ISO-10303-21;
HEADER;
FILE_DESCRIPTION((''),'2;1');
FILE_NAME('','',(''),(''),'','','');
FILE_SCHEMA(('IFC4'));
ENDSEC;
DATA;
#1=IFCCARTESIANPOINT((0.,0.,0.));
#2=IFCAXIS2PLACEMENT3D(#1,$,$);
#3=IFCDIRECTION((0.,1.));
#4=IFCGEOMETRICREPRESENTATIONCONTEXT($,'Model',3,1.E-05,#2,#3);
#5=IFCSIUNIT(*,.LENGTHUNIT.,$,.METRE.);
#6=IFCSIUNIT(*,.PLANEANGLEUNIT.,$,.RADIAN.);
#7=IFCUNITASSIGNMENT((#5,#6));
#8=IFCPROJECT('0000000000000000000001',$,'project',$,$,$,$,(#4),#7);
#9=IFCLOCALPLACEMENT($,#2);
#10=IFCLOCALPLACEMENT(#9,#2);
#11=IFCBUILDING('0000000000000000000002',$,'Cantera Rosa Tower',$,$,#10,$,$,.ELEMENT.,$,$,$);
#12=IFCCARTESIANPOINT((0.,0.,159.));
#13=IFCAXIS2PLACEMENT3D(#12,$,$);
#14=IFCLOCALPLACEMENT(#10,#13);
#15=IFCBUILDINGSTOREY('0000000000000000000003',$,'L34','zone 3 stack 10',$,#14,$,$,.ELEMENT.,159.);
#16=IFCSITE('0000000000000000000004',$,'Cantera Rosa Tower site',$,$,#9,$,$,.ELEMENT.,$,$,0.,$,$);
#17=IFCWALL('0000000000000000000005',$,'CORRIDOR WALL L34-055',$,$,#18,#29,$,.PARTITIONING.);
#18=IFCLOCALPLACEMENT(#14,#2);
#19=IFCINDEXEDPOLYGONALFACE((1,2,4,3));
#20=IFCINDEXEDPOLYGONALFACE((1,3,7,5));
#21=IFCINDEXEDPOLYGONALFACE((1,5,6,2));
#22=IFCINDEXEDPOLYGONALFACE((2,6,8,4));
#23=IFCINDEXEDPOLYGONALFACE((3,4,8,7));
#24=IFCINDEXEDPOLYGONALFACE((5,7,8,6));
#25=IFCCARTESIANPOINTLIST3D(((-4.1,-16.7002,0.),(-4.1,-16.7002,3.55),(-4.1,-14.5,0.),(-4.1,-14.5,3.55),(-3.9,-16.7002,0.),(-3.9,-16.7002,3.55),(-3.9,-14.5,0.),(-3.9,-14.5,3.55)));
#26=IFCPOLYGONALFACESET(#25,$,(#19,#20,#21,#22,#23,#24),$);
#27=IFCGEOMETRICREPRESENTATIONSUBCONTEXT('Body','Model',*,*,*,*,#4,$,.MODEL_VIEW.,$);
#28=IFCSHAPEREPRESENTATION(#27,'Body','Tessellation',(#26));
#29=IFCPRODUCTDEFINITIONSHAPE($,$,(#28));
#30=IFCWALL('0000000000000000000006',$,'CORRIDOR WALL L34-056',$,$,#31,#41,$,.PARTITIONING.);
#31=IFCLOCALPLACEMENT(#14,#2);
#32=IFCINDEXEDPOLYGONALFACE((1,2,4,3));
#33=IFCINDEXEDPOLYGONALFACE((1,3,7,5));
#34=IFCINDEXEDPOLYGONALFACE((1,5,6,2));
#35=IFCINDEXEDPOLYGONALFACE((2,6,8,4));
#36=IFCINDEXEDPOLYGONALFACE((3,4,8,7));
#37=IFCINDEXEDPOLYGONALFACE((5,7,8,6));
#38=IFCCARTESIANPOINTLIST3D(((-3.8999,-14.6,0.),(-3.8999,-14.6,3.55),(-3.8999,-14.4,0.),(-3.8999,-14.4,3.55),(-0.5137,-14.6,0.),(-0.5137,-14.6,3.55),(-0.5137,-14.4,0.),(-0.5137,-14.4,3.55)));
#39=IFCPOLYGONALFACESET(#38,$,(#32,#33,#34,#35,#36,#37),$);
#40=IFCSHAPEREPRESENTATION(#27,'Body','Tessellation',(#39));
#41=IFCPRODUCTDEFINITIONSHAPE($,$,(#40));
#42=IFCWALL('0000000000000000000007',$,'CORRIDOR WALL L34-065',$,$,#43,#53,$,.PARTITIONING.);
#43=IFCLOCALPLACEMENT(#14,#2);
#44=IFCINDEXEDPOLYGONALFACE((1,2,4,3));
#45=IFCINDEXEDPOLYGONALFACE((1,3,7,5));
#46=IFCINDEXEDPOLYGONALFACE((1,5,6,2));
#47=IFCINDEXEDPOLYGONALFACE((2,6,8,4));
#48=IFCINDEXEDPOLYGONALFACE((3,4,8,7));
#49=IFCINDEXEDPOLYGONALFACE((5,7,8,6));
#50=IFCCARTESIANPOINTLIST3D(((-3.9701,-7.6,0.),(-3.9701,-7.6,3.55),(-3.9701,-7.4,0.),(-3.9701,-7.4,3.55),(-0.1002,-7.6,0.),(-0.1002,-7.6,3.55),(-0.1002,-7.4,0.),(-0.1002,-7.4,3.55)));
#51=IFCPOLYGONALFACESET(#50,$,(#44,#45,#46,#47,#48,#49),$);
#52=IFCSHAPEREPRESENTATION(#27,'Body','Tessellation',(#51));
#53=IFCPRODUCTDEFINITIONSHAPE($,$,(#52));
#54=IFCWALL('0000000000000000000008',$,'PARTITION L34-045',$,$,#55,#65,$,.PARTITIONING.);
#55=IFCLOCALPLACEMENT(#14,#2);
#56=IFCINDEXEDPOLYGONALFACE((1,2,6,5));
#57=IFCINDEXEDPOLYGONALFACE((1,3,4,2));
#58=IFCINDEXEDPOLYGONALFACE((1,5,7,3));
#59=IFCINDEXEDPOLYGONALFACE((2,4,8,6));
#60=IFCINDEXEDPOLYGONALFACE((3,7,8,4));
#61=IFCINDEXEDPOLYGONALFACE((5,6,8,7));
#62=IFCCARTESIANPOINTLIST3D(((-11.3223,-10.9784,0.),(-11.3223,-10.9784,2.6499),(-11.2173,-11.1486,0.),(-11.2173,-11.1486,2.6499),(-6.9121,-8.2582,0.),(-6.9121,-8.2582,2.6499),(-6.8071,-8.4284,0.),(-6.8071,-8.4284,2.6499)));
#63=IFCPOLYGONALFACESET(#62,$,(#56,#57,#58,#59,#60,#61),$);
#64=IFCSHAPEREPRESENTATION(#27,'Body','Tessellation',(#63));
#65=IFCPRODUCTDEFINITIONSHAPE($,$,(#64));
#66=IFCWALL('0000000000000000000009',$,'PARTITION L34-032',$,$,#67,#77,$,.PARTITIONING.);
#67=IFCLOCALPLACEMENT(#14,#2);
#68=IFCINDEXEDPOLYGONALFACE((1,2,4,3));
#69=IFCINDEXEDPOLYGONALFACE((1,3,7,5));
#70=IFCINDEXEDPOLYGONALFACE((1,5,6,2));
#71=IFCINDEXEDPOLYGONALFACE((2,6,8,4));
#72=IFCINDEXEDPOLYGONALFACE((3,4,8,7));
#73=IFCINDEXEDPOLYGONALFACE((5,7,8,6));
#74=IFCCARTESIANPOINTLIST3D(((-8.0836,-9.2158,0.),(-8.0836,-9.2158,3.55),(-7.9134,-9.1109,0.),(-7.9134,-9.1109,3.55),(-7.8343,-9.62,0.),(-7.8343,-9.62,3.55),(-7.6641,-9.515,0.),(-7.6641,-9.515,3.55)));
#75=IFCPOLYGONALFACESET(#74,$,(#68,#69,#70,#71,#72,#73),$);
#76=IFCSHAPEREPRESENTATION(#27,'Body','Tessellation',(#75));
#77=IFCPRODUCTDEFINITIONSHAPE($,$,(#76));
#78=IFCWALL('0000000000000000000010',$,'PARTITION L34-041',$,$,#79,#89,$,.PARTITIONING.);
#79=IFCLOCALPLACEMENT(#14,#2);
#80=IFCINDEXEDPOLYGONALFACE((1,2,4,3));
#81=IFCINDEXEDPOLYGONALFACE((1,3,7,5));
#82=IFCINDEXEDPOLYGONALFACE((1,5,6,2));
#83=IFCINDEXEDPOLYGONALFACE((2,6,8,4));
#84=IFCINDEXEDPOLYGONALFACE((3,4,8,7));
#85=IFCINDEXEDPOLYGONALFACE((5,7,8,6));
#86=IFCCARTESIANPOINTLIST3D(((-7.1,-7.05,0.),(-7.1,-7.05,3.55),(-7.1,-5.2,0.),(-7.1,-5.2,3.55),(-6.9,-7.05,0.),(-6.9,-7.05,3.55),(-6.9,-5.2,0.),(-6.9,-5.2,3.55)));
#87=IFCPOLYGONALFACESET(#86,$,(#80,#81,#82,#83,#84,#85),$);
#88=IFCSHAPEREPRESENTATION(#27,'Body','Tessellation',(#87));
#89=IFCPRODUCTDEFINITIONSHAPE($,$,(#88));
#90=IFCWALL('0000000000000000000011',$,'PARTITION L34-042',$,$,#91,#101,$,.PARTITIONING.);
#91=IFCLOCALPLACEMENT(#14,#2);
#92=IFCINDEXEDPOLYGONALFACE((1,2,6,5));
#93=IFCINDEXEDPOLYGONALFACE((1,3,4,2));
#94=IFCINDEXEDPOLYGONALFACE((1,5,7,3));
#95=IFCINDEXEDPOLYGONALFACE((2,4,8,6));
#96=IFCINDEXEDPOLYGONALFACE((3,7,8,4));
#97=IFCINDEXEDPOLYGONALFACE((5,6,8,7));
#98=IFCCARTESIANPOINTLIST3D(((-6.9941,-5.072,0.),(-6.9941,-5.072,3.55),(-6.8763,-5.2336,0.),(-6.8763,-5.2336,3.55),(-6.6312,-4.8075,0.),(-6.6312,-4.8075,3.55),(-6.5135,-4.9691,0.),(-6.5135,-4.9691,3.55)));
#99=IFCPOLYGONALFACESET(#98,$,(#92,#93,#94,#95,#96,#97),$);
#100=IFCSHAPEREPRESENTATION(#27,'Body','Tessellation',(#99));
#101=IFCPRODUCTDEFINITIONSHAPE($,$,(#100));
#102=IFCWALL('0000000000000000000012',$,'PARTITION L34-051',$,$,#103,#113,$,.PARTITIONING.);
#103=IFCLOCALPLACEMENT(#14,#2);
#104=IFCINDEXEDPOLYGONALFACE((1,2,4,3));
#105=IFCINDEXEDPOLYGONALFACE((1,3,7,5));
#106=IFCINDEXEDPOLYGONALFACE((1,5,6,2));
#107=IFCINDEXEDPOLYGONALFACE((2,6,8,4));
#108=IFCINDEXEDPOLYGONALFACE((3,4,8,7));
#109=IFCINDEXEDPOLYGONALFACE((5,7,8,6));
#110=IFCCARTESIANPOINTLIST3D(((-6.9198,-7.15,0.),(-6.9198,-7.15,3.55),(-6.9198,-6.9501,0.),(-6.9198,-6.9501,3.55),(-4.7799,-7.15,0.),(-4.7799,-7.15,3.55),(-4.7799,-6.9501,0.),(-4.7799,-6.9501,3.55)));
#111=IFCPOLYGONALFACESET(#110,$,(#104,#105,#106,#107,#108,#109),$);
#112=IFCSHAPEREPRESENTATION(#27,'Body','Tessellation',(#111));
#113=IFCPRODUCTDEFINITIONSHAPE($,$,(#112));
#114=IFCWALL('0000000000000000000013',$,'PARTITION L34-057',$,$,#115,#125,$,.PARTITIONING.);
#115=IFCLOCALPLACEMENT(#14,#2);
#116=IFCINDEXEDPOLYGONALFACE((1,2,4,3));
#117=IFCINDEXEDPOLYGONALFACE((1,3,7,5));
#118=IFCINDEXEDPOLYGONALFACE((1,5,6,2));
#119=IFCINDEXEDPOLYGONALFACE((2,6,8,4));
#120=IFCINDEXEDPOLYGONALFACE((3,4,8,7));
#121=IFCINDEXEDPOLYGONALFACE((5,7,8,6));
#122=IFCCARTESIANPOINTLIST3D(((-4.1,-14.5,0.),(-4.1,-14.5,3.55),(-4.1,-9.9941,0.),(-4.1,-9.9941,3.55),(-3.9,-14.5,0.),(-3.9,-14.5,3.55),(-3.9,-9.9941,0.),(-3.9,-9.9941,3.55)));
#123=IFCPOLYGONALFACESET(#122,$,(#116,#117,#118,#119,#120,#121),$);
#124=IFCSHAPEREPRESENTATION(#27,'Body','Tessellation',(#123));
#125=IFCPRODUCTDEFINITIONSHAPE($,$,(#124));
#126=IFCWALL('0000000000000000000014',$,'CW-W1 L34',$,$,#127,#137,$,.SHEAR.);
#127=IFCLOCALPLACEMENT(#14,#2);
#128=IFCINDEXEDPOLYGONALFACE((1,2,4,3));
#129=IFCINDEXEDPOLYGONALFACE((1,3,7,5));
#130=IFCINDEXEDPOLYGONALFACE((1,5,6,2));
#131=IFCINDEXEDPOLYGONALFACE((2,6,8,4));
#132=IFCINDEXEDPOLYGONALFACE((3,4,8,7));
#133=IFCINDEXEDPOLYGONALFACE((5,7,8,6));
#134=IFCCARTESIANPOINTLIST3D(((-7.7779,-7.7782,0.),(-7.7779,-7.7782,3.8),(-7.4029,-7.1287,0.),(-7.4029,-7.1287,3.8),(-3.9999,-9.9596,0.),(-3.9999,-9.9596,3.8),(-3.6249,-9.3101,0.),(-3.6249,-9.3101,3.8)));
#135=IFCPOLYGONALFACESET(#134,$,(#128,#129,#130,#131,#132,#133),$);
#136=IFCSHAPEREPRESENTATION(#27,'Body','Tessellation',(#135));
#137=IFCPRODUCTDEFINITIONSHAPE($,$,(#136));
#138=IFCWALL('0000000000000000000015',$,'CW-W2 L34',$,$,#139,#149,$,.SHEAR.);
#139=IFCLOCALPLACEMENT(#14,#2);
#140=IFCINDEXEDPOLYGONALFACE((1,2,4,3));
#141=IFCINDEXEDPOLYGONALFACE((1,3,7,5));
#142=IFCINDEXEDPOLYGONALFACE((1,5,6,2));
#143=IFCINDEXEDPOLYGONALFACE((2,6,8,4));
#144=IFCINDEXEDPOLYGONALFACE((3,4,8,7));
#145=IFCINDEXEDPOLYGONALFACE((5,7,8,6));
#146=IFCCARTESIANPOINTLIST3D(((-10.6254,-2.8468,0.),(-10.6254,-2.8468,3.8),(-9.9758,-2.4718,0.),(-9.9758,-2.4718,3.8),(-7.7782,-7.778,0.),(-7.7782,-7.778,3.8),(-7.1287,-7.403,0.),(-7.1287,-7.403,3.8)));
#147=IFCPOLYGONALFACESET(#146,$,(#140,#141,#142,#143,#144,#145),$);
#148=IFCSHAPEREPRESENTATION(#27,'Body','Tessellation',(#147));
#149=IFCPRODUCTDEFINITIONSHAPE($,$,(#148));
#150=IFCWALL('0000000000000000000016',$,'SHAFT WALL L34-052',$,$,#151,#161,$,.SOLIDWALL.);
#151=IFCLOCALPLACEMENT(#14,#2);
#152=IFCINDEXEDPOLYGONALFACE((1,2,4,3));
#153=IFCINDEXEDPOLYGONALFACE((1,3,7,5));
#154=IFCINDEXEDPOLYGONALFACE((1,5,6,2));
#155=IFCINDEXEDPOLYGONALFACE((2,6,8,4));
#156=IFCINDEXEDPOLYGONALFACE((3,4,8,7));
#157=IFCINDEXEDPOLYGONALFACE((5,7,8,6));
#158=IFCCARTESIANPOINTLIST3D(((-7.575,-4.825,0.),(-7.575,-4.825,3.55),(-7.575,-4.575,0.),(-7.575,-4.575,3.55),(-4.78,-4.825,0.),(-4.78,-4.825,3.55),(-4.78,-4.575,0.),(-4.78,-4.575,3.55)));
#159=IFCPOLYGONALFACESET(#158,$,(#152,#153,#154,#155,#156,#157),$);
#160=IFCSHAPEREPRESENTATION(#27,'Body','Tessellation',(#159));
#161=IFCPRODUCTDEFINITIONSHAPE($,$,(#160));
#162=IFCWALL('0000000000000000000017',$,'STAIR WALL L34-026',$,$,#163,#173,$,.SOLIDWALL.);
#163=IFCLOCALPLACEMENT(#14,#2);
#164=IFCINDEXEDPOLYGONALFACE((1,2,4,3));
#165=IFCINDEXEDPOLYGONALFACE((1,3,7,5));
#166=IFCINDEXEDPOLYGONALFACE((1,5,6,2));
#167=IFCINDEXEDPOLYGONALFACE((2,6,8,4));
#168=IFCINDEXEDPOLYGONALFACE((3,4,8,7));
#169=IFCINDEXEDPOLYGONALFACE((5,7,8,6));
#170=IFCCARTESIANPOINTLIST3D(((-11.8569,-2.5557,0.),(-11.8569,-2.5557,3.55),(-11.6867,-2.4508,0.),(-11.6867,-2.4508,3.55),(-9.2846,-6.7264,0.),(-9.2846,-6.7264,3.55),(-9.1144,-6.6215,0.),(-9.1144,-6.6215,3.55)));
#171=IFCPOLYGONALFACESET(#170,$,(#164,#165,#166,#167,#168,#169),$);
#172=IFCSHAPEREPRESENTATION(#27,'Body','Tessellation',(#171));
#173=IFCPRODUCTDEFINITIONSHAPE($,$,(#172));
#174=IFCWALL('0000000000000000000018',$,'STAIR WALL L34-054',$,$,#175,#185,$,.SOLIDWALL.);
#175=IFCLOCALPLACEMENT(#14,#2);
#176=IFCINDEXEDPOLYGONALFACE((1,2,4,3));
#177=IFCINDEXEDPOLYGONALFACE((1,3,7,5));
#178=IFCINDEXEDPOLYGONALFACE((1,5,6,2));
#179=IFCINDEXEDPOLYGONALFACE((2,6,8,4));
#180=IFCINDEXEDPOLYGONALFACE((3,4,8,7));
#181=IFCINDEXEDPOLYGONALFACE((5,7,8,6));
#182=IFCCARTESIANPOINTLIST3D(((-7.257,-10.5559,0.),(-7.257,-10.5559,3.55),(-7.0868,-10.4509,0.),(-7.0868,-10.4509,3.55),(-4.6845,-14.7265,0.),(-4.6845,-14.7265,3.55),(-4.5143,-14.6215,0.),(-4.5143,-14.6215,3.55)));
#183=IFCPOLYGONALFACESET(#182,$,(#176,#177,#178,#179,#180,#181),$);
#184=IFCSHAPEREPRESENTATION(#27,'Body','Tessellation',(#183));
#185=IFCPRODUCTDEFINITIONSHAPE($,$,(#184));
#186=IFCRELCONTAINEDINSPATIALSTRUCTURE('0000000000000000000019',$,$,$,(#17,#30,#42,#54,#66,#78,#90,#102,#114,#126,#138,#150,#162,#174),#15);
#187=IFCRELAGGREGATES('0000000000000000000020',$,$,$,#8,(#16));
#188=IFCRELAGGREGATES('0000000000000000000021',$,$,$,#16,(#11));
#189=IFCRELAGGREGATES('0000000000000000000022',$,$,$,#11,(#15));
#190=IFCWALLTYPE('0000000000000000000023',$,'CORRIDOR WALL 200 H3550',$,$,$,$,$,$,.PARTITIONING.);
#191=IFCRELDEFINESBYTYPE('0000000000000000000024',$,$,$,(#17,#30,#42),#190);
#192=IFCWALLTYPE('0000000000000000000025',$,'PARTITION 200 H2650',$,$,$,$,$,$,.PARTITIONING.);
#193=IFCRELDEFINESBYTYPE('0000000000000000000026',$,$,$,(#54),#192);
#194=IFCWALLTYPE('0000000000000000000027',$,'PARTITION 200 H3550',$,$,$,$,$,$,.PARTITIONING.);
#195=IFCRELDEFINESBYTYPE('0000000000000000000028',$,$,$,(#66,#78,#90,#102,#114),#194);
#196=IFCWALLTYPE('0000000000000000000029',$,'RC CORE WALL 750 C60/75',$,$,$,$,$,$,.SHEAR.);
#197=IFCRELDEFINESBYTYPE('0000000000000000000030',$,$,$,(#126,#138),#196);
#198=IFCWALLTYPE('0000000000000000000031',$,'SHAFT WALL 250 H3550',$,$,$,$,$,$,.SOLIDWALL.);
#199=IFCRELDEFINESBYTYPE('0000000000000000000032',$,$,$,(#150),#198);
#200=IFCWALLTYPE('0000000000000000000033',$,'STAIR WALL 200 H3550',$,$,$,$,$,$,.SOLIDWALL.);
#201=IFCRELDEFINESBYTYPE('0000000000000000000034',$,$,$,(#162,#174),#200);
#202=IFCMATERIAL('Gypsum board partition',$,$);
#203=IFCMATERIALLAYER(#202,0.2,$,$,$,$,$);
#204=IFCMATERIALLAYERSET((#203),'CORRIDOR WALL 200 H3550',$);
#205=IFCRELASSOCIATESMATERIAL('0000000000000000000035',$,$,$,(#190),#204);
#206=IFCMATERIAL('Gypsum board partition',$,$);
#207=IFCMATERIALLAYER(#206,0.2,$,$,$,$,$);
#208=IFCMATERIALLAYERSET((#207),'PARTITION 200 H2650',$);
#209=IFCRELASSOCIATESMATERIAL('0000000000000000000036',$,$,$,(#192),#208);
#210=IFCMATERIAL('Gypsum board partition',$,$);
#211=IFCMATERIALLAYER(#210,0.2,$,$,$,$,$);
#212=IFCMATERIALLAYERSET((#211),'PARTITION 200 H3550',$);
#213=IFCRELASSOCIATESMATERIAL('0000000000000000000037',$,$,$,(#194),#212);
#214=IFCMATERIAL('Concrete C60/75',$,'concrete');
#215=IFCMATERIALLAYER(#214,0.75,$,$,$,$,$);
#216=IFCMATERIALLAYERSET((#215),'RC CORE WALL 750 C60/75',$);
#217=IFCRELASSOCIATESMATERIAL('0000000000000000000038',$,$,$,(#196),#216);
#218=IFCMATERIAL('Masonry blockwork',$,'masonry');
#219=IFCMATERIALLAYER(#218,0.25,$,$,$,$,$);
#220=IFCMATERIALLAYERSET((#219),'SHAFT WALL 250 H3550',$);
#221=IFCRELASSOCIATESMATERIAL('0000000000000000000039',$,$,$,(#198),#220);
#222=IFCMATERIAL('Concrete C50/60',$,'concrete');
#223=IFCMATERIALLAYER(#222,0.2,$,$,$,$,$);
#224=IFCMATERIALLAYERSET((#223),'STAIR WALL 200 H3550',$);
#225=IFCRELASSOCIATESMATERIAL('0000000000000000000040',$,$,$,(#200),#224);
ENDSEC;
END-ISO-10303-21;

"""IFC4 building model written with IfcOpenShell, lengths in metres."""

from ifc_helpers import new_model, si_unit, direction, frame, frame_2d, origin, place, context, subcontext, project, spatial, rectangle, extrude, material, layer, layer_set, type_object, element, save


model = new_model("IFC4")

# Units and contexts
model_context = context("Model", 3, precision=1e-05, world=origin(), true_north=direction((0.0, 1.0)))
body_context = subcontext(model_context, "Body", "Model", "MODEL_VIEW")
ifc_project = project(units=[si_unit("LENGTHUNIT", "METRE"), si_unit("PLANEANGLEUNIT", "RADIAN")], contexts=[model_context])

# Site, building, storey
site_placement = place(None, origin())
site = spatial("IfcSite", under=ifc_project, at=site_placement, Name="Cantera Rosa Tower site", CompositionType="ELEMENT", RefElevation=0.0)
building_placement = place(site_placement, origin())
building = spatial("IfcBuilding", under=site, at=building_placement, Name="Cantera Rosa Tower", CompositionType="ELEMENT")
storey_placement = place(building_placement, frame((0.0, 0.0, 159.0)))
storey = spatial("IfcBuildingStorey", under=building, at=storey_placement, Name="L34", Description="zone 3 stack 10", CompositionType="ELEMENT", Elevation=159.0)

# Walls
ifc_material_1 = material(Name="Gypsum board partition")
ifc_layer_1 = layer(ifc_material_1, 0.2)
ifc_layer_set_1 = layer_set([ifc_layer_1], Name="CORRIDOR WALL 200 H3550")
wall_type_1 = type_object("IfcWallType", Name="CORRIDOR WALL 200 H3550", PredefinedType="PARTITIONING", material=ifc_layer_set_1)
wall_1_placement = place(storey_placement, frame((-4.0, -14.5, 0.0), z_axis=(0.0, 0.0, 1.0), x_axis=(0.0, -1.0, 0.0)))
element("IfcWall", 1, at=wall_1_placement, inside=storey, type_object=wall_type_1, Name="CORRIDOR WALL L34-055", PredefinedType="PARTITIONING", context=body_context, shape_type="SweptSolid", body=[
    extrude(rectangle(XDim=2.2002, YDim=0.2, at=frame_2d((1.1001, 0.0))), origin(), (0.0, 0.0, 1.0), 3.55),
])
wall_2_placement = place(storey_placement, frame((-3.8999, -14.5, 0.0), z_axis=(0.0, 0.0, 1.0), x_axis=(1.0, 0.0, 0.0)))
element("IfcWall", 2, at=wall_2_placement, inside=storey, type_object=wall_type_1, Name="CORRIDOR WALL L34-056", PredefinedType="PARTITIONING", context=body_context, shape_type="SweptSolid", body=[
    extrude(rectangle(XDim=3.3862, YDim=0.2, at=frame_2d((1.6931, 0.0))), origin(), (0.0, 0.0, 1.0), 3.55),
])
wall_3_placement = place(storey_placement, frame((-0.1001, -7.5, 0.0), z_axis=(0.0, 0.0, 1.0), x_axis=(-1.0, 0.0, 0.0)))
element("IfcWall", 3, at=wall_3_placement, inside=storey, type_object=wall_type_1, Name="CORRIDOR WALL L34-065", PredefinedType="PARTITIONING", context=body_context, shape_type="SweptSolid", body=[
    extrude(rectangle(XDim=3.8699, YDim=0.2, at=frame_2d((1.9351, 0.0))), origin(), (0.0, 0.0, 1.0), 3.55),
])
ifc_material_2 = material(Name="Gypsum board partition")
ifc_layer_2 = layer(ifc_material_2, 0.2)
ifc_layer_set_2 = layer_set([ifc_layer_2], Name="PARTITION 200 H2650")
wall_type_2 = type_object("IfcWallType", Name="PARTITION 200 H2650", PredefinedType="PARTITIONING", material=ifc_layer_set_2)
wall_4_placement = place(storey_placement, frame((-6.8596, -8.3433, 0.0), z_axis=(0.0, 0.0, 1.0), x_axis=(-0.851118, -0.524975, 0.0)))
element("IfcWall", 4, at=wall_4_placement, inside=storey, type_object=wall_type_2, Name="PARTITION L34-045", PredefinedType="PARTITIONING", context=body_context, shape_type="SweptSolid", body=[
    extrude(rectangle(XDim=5.1816, YDim=0.2, at=frame_2d((2.5908, 0.0))), origin(), (0.0, 0.0, 1.0), 2.6499),
])
ifc_material_3 = material(Name="Gypsum board partition")
ifc_layer_3 = layer(ifc_material_3, 0.2)
ifc_layer_set_3 = layer_set([ifc_layer_3], Name="PARTITION 200 H3550")
wall_type_3 = type_object("IfcWallType", Name="PARTITION 200 H3550", PredefinedType="PARTITIONING", material=ifc_layer_set_3)
wall_5_placement = place(storey_placement, frame((-7.7493, -9.5674, 0.0), z_axis=(0.0, 0.0, 1.0), x_axis=(-0.525044, 0.851075, 0.0)))
element("IfcWall", 5, at=wall_5_placement, inside=storey, type_object=wall_type_3, Name="PARTITION L34-032", PredefinedType="PARTITIONING", context=body_context, shape_type="SweptSolid", body=[
    extrude(rectangle(XDim=0.4749, YDim=0.2, at=frame_2d((0.2373, 0.0))), origin(), (0.0, 0.0, 1.0), 3.55),
])
wall_6_placement = place(storey_placement, frame((-7.0, -7.05, 0.0), z_axis=(0.0, 0.0, 1.0), x_axis=(0.0, 1.0, 0.0)))
element("IfcWall", 6, at=wall_6_placement, inside=storey, type_object=wall_type_3, Name="PARTITION L34-041", PredefinedType="PARTITIONING", context=body_context, shape_type="SweptSolid", body=[
    extrude(rectangle(XDim=1.8501, YDim=0.2, at=frame_2d((0.925, 0.0))), origin(), (0.0, 0.0, 1.0), 3.55),
])
wall_7_placement = place(storey_placement, frame((-6.9353, -5.1528, 0.0), z_axis=(0.0, 0.0, 1.0), x_axis=(0.808148, 0.58898, 0.0)))
element("IfcWall", 7, at=wall_7_placement, inside=storey, type_object=wall_type_3, Name="PARTITION L34-042", PredefinedType="PARTITIONING", context=body_context, shape_type="SweptSolid", body=[
    extrude(rectangle(XDim=0.449, YDim=0.2, at=frame_2d((0.2246, 0.0))), origin(), (0.0, 0.0, 1.0), 3.55),
])
wall_8_placement = place(storey_placement, frame((-4.78, -7.05, 0.0), z_axis=(0.0, 0.0, 1.0), x_axis=(-1.0, 0.0, 0.0)))
element("IfcWall", 8, at=wall_8_placement, inside=storey, type_object=wall_type_3, Name="PARTITION L34-051", PredefinedType="PARTITIONING", context=body_context, shape_type="SweptSolid", body=[
    extrude(rectangle(XDim=2.1399, YDim=0.2, at=frame_2d((1.0698, 0.0))), origin(), (0.0, 0.0, 1.0), 3.55),
])
wall_9_placement = place(storey_placement, frame((-4.0, -9.9941, 0.0), z_axis=(0.0, 0.0, 1.0), x_axis=(0.0, -1.0, 0.0)))
element("IfcWall", 9, at=wall_9_placement, inside=storey, type_object=wall_type_3, Name="PARTITION L34-057", PredefinedType="PARTITIONING", context=body_context, shape_type="SweptSolid", body=[
    extrude(rectangle(XDim=4.5059, YDim=0.2, at=frame_2d((2.2529, 0.0))), origin(), (0.0, 0.0, 1.0), 3.55),
])
ifc_material_4 = material(Name="Concrete C60/75", Category="concrete")
ifc_layer_4 = layer(ifc_material_4, 0.75)
ifc_layer_set_4 = layer_set([ifc_layer_4], Name="RC CORE WALL 750 C60/75")
wall_type_4 = type_object("IfcWallType", Name="RC CORE WALL 750 C60/75", PredefinedType="SHEAR", material=ifc_layer_set_4)
wall_10_placement = place(storey_placement, frame((-3.8125, -9.6348, 0.0), z_axis=(0.0, 0.0, 1.0), x_axis=(-0.866013, 0.500021, 0.0)))
element("IfcWall", 10, at=wall_10_placement, inside=storey, type_object=wall_type_4, Name="CW-W1 L34", PredefinedType="SHEAR", context=body_context, shape_type="SweptSolid", body=[
    extrude(rectangle(XDim=4.3625, YDim=0.75, at=frame_2d((2.1812, 0.0))), origin(), (0.0, 0.0, 1.0), 3.8),
])
wall_11_placement = place(storey_placement, frame((-7.4534, -7.5906, 0.0), z_axis=(0.0, 0.0, 1.0), x_axis=(-0.500022, 0.866013, 0.0)))
element("IfcWall", 11, at=wall_11_placement, inside=storey, type_object=wall_type_4, Name="CW-W2 L34", PredefinedType="SHEAR", context=body_context, shape_type="SweptSolid", body=[
    extrude(rectangle(XDim=5.6941, YDim=0.75, at=frame_2d((2.8472, 0.0))), origin(), (0.0, 0.0, 1.0), 3.8),
])
ifc_material_5 = material(Name="Masonry blockwork", Category="masonry")
ifc_layer_5 = layer(ifc_material_5, 0.25)
ifc_layer_set_5 = layer_set([ifc_layer_5], Name="SHAFT WALL 250 H3550")
wall_type_5 = type_object("IfcWallType", Name="SHAFT WALL 250 H3550", PredefinedType="SOLIDWALL", material=ifc_layer_set_5)
wall_12_placement = place(storey_placement, frame((-4.78, -4.7, 0.0), z_axis=(0.0, 0.0, 1.0), x_axis=(-1.0, 0.0, 0.0)))
element("IfcWall", 12, at=wall_12_placement, inside=storey, type_object=wall_type_5, Name="SHAFT WALL L34-052", PredefinedType="SOLIDWALL", context=body_context, shape_type="SweptSolid", body=[
    extrude(rectangle(XDim=2.7949, YDim=0.25, at=frame_2d((1.3975, 0.0))), origin(), (0.0, 0.0, 1.0), 3.55),
])
ifc_material_6 = material(Name="Concrete C50/60", Category="concrete")
ifc_layer_6 = layer(ifc_material_6, 0.2)
ifc_layer_set_6 = layer_set([ifc_layer_6], Name="STAIR WALL 200 H3550")
wall_type_6 = type_object("IfcWallType", Name="STAIR WALL 200 H3550", PredefinedType="SOLIDWALL", material=ifc_layer_set_6)
for number, where, z_axis, x_axis, name in (
    (13, (-9.1995, -6.6741, 0.0), (0.0, 0.0, 1.0), (-0.524942, 0.851138, 0.0), "STAIR WALL L34-026"),
    (14, (-4.5994, -14.6741, 0.0), (0.0, 0.0, 1.0), (-0.524978, 0.851116, 0.0), "STAIR WALL L34-054"),
):
    element("IfcWall", number, at=place(storey_placement, frame(where, z_axis=z_axis, x_axis=x_axis)), inside=storey, type_object=wall_type_6, Name=name, PredefinedType="SOLIDWALL", context=body_context, shape_type="SweptSolid", body=[
        extrude(rectangle(XDim=4.9001, YDim=0.2, at=frame_2d((2.4502, 0.0))), origin(), (0.0, 0.0, 1.0), 3.55),
    ])

save(model, "model.ifc")
